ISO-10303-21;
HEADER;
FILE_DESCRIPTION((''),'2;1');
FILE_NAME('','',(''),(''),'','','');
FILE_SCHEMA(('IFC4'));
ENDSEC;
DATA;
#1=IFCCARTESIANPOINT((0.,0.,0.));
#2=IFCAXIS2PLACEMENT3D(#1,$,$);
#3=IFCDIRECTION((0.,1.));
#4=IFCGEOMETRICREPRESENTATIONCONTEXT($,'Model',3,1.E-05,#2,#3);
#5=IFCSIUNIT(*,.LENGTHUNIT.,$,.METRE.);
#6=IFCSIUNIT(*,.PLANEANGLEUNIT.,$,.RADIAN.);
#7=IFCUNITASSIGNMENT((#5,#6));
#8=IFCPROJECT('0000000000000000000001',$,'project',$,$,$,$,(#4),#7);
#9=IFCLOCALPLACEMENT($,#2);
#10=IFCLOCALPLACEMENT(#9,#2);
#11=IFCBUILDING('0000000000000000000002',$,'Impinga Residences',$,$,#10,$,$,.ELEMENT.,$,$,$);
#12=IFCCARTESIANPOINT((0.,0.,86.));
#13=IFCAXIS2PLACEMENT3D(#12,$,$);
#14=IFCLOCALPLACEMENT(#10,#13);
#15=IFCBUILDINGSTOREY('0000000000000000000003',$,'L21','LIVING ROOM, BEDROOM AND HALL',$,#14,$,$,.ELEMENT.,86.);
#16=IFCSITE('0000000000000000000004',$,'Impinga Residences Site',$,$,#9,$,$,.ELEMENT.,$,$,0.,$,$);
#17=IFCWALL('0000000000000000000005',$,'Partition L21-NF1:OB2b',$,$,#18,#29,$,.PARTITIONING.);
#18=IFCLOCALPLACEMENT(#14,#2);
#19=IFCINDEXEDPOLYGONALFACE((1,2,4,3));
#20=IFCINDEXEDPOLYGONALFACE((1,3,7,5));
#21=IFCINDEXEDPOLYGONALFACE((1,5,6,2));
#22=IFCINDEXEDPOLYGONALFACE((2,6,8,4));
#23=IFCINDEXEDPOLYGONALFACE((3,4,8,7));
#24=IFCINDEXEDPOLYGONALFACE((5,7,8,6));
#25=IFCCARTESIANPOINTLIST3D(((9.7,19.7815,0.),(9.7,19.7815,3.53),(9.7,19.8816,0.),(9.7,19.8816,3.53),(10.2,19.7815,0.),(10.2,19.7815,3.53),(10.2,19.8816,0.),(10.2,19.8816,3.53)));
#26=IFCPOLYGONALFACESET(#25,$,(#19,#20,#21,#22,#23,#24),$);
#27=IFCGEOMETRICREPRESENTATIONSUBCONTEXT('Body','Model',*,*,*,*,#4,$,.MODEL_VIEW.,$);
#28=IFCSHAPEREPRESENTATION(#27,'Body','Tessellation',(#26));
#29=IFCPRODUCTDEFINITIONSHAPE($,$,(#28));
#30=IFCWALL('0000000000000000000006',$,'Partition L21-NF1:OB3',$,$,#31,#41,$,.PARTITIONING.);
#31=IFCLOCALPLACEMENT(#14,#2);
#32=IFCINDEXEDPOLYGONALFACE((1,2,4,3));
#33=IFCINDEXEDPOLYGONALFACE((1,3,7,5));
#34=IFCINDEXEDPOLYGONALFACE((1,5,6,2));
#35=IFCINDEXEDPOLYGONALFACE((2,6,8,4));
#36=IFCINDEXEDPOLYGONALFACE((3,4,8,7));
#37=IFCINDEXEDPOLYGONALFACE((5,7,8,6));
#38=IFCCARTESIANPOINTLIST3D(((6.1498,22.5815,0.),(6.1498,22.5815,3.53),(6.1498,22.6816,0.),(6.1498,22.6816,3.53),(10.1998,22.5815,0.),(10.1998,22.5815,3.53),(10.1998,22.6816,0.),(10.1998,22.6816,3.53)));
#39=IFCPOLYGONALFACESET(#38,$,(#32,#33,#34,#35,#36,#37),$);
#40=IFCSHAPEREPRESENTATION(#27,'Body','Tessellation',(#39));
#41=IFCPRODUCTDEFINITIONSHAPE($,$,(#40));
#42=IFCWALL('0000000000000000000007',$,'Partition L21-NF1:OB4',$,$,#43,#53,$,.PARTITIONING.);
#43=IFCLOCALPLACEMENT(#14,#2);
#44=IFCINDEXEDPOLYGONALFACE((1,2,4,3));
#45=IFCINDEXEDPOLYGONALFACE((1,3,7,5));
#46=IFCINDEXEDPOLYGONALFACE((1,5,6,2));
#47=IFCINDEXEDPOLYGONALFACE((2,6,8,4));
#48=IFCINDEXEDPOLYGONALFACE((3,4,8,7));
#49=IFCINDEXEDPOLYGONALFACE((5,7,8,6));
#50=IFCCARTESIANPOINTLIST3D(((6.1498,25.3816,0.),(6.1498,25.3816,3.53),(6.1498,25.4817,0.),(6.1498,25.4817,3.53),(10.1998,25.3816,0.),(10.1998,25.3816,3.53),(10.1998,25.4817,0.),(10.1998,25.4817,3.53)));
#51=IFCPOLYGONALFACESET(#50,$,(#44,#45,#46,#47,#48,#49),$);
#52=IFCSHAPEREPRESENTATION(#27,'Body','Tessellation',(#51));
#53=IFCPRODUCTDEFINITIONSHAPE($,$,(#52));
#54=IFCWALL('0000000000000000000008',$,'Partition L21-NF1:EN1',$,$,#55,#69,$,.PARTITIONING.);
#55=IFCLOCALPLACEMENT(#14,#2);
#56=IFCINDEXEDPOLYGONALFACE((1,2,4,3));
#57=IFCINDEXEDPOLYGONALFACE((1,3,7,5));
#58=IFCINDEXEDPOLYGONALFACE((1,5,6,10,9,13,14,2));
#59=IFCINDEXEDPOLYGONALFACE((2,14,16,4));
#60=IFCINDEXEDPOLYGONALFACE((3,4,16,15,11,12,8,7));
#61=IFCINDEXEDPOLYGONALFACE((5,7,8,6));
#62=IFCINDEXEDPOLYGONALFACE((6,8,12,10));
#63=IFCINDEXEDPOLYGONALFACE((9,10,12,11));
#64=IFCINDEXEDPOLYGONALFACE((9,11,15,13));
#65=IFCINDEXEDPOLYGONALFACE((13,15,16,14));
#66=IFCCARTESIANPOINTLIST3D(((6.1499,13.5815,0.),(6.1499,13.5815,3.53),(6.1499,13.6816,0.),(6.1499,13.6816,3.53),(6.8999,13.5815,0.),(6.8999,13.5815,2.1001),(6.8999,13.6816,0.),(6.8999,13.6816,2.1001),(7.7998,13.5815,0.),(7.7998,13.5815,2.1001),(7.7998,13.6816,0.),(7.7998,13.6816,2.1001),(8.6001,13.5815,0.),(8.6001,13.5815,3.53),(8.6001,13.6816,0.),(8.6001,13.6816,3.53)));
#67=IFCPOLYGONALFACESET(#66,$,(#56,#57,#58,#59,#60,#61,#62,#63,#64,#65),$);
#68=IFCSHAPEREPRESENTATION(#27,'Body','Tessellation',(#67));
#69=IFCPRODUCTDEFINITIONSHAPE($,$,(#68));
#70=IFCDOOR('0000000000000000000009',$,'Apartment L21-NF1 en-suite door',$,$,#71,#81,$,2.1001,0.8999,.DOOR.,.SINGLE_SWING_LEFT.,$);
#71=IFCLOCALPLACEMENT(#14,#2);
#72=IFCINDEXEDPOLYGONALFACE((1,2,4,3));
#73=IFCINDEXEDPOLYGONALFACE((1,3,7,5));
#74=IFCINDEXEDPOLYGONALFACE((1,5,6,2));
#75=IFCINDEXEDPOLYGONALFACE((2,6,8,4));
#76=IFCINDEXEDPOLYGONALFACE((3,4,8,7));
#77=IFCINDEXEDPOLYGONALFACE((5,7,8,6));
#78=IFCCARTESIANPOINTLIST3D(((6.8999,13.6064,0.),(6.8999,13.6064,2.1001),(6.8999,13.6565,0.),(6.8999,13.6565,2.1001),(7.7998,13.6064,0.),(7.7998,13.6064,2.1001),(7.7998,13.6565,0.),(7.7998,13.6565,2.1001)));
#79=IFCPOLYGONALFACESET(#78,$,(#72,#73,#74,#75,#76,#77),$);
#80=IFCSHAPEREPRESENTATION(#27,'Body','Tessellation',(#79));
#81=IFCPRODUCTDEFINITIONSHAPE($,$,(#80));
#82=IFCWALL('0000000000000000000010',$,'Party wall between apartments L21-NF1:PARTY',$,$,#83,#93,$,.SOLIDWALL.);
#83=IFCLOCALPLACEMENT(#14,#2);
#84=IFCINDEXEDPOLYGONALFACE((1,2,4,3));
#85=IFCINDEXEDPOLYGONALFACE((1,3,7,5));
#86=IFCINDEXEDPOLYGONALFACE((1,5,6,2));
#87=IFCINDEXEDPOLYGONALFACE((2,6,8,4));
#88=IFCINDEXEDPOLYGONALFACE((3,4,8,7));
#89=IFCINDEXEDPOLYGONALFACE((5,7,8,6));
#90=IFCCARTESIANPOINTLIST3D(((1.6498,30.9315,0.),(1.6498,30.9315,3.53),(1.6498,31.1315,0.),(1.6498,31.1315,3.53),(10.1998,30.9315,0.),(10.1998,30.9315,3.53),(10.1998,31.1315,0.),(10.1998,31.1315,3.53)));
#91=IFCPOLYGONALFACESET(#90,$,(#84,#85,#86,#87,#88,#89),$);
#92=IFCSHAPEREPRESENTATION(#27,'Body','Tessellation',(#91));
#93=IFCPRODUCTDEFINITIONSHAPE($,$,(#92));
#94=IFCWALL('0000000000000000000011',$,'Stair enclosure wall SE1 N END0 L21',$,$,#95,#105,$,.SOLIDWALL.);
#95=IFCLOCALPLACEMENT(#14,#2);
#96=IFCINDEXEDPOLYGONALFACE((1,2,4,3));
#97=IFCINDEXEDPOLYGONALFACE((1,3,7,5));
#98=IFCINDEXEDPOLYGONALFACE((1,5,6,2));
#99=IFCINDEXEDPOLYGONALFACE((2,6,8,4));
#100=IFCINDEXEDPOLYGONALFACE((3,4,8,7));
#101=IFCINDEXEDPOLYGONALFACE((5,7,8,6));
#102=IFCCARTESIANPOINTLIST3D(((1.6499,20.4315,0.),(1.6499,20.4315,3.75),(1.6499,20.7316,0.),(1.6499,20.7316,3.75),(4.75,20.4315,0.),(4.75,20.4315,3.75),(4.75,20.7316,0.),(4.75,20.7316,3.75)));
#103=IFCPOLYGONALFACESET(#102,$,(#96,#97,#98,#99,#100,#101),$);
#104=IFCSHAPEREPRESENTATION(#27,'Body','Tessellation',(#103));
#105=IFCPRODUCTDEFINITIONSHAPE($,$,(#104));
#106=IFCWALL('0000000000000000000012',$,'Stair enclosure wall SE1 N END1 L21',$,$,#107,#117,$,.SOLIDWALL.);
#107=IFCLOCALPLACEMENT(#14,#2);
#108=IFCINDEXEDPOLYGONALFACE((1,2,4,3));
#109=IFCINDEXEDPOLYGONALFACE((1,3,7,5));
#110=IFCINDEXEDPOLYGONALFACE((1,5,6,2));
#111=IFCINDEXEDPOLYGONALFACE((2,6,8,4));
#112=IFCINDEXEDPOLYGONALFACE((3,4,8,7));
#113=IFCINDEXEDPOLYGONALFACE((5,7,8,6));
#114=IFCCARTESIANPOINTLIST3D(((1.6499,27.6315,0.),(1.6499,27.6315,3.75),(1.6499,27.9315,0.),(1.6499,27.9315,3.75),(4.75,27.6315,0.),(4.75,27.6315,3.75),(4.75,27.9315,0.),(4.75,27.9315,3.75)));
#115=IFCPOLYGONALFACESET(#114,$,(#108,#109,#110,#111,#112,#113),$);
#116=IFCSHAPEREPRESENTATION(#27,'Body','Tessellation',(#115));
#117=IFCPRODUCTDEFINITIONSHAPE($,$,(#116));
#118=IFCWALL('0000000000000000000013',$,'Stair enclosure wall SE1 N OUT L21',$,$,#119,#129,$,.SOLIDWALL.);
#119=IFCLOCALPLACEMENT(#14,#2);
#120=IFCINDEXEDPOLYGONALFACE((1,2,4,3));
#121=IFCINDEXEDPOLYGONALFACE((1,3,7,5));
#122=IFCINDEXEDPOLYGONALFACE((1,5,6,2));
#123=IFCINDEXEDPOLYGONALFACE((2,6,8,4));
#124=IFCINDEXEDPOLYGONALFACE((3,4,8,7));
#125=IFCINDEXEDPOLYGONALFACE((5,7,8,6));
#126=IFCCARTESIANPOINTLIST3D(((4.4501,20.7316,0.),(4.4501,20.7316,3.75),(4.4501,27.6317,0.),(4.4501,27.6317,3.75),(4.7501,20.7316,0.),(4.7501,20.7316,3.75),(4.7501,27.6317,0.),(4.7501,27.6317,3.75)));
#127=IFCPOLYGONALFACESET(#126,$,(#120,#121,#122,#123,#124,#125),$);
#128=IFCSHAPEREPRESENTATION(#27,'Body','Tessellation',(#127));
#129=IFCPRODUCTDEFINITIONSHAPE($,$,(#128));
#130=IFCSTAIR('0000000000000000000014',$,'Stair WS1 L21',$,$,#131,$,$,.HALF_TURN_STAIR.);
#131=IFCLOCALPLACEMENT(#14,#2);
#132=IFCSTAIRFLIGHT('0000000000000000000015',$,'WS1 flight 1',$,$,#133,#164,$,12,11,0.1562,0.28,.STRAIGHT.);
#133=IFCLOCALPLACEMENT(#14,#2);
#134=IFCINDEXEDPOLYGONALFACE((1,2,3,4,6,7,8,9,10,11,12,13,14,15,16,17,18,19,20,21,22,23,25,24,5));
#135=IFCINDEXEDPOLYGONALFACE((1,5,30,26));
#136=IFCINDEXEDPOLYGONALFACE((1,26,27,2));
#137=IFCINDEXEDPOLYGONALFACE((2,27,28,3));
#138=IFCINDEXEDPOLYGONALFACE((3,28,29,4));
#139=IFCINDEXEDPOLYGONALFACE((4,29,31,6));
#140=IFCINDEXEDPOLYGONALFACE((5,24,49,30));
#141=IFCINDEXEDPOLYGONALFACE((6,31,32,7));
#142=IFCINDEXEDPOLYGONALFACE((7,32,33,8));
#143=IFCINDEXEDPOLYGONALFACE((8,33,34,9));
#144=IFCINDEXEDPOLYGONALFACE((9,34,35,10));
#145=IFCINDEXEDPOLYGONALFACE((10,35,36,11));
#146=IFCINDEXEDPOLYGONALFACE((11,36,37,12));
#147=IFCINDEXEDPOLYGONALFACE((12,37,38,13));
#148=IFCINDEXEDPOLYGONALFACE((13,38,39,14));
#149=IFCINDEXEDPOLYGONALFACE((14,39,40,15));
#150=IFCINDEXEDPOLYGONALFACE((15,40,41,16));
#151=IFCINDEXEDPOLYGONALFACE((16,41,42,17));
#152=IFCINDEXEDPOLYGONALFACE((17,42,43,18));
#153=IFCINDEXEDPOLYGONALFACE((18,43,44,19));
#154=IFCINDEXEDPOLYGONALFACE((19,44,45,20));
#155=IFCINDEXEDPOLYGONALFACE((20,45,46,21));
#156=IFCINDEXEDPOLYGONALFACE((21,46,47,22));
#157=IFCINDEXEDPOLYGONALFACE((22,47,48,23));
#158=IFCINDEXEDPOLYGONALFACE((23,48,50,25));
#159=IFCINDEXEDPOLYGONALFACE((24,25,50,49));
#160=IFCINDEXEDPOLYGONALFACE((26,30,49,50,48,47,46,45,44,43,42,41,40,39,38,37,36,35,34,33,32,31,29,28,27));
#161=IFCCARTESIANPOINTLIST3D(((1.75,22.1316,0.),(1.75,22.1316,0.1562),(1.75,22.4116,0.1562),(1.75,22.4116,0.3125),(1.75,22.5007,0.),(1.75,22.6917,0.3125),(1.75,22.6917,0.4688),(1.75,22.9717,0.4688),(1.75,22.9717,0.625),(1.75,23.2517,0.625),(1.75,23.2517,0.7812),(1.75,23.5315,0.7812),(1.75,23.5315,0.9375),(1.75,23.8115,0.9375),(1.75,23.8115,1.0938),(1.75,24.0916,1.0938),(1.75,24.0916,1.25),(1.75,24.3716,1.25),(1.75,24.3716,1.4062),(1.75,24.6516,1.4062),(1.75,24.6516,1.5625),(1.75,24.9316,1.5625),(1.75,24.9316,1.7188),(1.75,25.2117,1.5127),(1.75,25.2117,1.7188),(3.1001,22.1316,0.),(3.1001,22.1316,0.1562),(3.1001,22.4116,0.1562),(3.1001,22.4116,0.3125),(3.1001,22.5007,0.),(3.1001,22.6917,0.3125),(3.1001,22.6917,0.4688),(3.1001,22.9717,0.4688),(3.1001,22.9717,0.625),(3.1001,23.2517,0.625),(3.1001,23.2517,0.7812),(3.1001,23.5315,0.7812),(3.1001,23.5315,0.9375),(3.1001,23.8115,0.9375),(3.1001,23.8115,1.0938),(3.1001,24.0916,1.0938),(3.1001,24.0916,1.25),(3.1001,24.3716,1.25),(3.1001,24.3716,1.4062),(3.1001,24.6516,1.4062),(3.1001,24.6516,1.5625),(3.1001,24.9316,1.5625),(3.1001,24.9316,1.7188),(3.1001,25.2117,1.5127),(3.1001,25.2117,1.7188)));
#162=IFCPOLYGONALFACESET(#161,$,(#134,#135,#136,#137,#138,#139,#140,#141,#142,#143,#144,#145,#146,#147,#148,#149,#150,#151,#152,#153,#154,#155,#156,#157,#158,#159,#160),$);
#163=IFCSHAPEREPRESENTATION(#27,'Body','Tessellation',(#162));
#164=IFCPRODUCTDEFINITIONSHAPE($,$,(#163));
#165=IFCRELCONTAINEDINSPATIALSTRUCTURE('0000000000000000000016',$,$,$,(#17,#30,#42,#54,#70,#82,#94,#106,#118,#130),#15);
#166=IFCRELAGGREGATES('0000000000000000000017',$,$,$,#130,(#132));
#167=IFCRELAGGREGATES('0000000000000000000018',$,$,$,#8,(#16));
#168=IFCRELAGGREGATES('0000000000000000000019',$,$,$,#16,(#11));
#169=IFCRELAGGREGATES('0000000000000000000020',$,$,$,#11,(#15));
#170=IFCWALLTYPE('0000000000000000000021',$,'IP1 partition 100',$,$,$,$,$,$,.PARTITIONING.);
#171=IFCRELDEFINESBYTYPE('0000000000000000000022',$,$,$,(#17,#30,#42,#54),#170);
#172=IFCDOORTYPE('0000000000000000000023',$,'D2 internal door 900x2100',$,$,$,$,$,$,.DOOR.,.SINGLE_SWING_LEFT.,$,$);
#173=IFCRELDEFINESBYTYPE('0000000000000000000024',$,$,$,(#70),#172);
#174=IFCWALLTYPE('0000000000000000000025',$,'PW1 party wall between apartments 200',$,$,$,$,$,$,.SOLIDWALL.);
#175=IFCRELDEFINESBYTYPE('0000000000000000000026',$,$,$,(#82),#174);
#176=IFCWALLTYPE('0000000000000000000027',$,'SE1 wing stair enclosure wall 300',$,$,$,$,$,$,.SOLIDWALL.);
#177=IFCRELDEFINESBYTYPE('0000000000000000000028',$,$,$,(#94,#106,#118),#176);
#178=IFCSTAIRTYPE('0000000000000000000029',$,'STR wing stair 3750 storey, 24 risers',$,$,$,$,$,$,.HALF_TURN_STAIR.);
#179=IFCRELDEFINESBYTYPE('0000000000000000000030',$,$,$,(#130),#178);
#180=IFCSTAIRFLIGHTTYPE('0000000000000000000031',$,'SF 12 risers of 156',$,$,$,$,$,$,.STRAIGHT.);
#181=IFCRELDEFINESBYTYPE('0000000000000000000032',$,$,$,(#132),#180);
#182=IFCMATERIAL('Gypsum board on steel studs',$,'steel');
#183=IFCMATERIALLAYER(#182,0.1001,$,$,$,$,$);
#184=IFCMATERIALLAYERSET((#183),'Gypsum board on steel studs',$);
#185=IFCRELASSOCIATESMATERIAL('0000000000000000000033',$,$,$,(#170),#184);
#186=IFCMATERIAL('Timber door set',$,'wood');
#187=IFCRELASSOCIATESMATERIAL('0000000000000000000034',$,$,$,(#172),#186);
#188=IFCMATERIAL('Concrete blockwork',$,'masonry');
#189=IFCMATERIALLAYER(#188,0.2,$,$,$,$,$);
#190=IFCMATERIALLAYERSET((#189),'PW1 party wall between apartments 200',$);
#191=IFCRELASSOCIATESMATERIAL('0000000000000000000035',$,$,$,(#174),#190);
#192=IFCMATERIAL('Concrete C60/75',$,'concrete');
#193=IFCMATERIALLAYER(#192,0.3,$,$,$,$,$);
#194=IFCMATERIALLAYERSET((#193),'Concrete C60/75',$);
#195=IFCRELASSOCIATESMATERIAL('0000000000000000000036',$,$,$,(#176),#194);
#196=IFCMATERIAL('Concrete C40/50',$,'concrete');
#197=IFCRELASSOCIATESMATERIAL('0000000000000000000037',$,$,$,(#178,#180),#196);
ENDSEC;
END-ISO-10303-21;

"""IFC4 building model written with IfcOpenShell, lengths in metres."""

from ifc_helpers import new_model, si_unit, direction, frame, frame_2d, origin, place, context, subcontext, project, spatial, polyline, rectangle, outline, extrude, material, layer, layer_set, type_object, element, fill, aggregate, save


model = new_model("IFC4")

# Units and contexts
model_context = context("Model", 3, precision=1e-05, world=origin(), true_north=direction((0.0, 1.0)))
body_context = subcontext(model_context, "Body", "Model", "MODEL_VIEW")
ifc_project = project(units=[si_unit("LENGTHUNIT", "METRE"), si_unit("PLANEANGLEUNIT", "RADIAN")], contexts=[model_context])

# Site, building, storey
site_placement = place(None, origin())
site = spatial("IfcSite", under=ifc_project, at=site_placement, Name="Impinga Residences Site", CompositionType="ELEMENT", RefElevation=0.0)
building_placement = place(site_placement, origin())
building = spatial("IfcBuilding", under=site, at=building_placement, Name="Impinga Residences", CompositionType="ELEMENT")
storey_placement = place(building_placement, frame((0.0, 0.0, 86.0)))
storey = spatial("IfcBuildingStorey", under=building, at=storey_placement, Name="L21", Description="LIVING ROOM, BEDROOM AND HALL", CompositionType="ELEMENT", Elevation=86.0)

# Shared definitions
ifc_material_1 = material(Name="Concrete C60/75", Category="concrete")

# Shared definitions
ifc_material_2 = material(Name="Gypsum board on steel studs", Category="steel")
ifc_layer_1 = layer(ifc_material_2, 0.1001)
ifc_layer_set_1 = layer_set([ifc_layer_1], Name="Gypsum board on steel studs")
wall_type_1 = type_object("IfcWallType", Name="IP1 partition 100", PredefinedType="PARTITIONING", material=ifc_layer_set_1)

# Shared definitions
ifc_material_3 = material(Name="Timber door set", Category="wood")
door_type = type_object("IfcDoorType", Name="D2 internal door 900x2100", OperationType="SINGLE_SWING_LEFT", PredefinedType="DOOR", material=ifc_material_3)

# Walls
wall_1_placement = place(storey_placement, frame((9.7, 19.8315, 0.0), z_axis=(0.0, 0.0, 1.0), x_axis=(1.0, 0.0, 0.0)))
element("IfcWall", 1, at=wall_1_placement, inside=storey, type_object=wall_type_1, Name="Partition L21-NF1:OB2b", PredefinedType="PARTITIONING", context=body_context, shape_type="SweptSolid", body=[
    extrude(rectangle(XDim=0.5, YDim=0.1001, at=frame_2d((0.25, 0.0))), origin(), (0.0, 0.0, 1.0), 3.53),
])
for number, where, z_axis, x_axis, name in (
    (2, (6.1499, 22.6316, 0.0), (0.0, 0.0, 1.0), (1.0, 0.0, 0.0), "Partition L21-NF1:OB3"),
    (3, (6.1499, 25.4316, 0.0), (0.0, 0.0, 1.0), (1.0, 0.0, 0.0), "Partition L21-NF1:OB4"),
):
    element("IfcWall", number, at=place(storey_placement, frame(where, z_axis=z_axis, x_axis=x_axis)), inside=storey, type_object=wall_type_1, Name=name, PredefinedType="PARTITIONING", context=body_context, shape_type="SweptSolid", body=[
        extrude(rectangle(XDim=4.05, YDim=0.1001, at=frame_2d((2.0249, 0.0))), origin(), (0.0, 0.0, 1.0), 3.53),
    ])

# Wall, opening, door
wall_2_placement = place(storey_placement, frame((6.1499, 13.6316, 0.0), z_axis=(0.0, 0.0, 1.0), x_axis=(1.0, 0.0, 0.0)))
wall_2 = element("IfcWall", 4, at=wall_2_placement, inside=storey, type_object=wall_type_1, Name="Partition L21-NF1:EN1", PredefinedType="PARTITIONING", context=body_context, shape_type="SweptSolid", body=[
    extrude(rectangle(XDim=2.4502, YDim=0.1001, at=frame_2d((1.2251, 0.0))), origin(), (0.0, 0.0, 1.0), 3.53),
])
opening_1_placement = place(wall_2_placement, frame((0.75, 0.0, 0.0)))
opening_1 = element("IfcOpeningElement", 5, at=opening_1_placement, cuts=wall_2, PredefinedType="OPENING", context=body_context, shape_type="SweptSolid", body=[
    extrude(rectangle(XDim=0.8999, YDim=2.1001, at=frame_2d((0.45, 1.05))), frame((0.0, 0.0601, 0.0), z_axis=(0.0, -1.0, 0.0), x_axis=(1.0, 0.0, 0.0)), (0.0, 0.0, 1.0), 0.1201),
])
door_1_placement = place(opening_1_placement, origin())
door_1 = element("IfcDoor", 6, at=door_1_placement, inside=storey, type_object=door_type, Name="Apartment L21-NF1 en-suite door", OperationType="SINGLE_SWING_LEFT", OverallHeight=2.1001, OverallWidth=0.8999, PredefinedType="DOOR", context=body_context, shape_type="SweptSolid", body=[
    extrude(rectangle(XDim=0.8999, YDim=2.1001, at=frame_2d((0.45, 1.05))), frame((0.0, 0.0249, 0.0), z_axis=(0.0, -1.0, 0.0), x_axis=(1.0, 0.0, 0.0)), (0.0, 0.0, 1.0), 0.05),
])
fill(opening_1, door_1)

# Walls
ifc_material_4 = material(Name="Concrete blockwork", Category="masonry")
ifc_layer_2 = layer(ifc_material_4, 0.2)
ifc_layer_set_2 = layer_set([ifc_layer_2], Name="PW1 party wall between apartments 200")
wall_type_2 = type_object("IfcWallType", Name="PW1 party wall between apartments 200", PredefinedType="SOLIDWALL", material=ifc_layer_set_2)
wall_3_placement = place(storey_placement, frame((1.6499, 31.0315, 0.0), z_axis=(0.0, 0.0, 1.0), x_axis=(1.0, 0.0, 0.0)))
element("IfcWall", 7, at=wall_3_placement, inside=storey, type_object=wall_type_2, Name="Party wall between apartments L21-NF1:PARTY", PredefinedType="SOLIDWALL", context=body_context, shape_type="SweptSolid", body=[
    extrude(rectangle(XDim=8.55, YDim=0.2, at=frame_2d((4.2749, 0.0))), origin(), (0.0, 0.0, 1.0), 3.53),
])
ifc_layer_3 = layer(ifc_material_1, 0.3)
ifc_layer_set_3 = layer_set([ifc_layer_3], Name="Concrete C60/75")
wall_type_3 = type_object("IfcWallType", Name="SE1 wing stair enclosure wall 300", PredefinedType="SOLIDWALL", material=ifc_layer_set_3)
for number, where, z_axis, x_axis, name in (
    (8, (1.6499, 20.5815, 0.0), (0.0, 0.0, 1.0), (1.0, 0.0, 0.0), "Stair enclosure wall SE1 N END0 L21"),
    (9, (1.6499, 27.7815, 0.0), (0.0, 0.0, 1.0), (1.0, 0.0, 0.0), "Stair enclosure wall SE1 N END1 L21"),
):
    element("IfcWall", number, at=place(storey_placement, frame(where, z_axis=z_axis, x_axis=x_axis)), inside=storey, type_object=wall_type_3, Name=name, PredefinedType="SOLIDWALL", context=body_context, shape_type="SweptSolid", body=[
        extrude(rectangle(XDim=3.1001, YDim=0.3, at=frame_2d((1.55, 0.0))), origin(), (0.0, 0.0, 1.0), 3.75),
    ])
wall_4_placement = place(storey_placement, frame((4.6001, 20.7314, 0.0), z_axis=(0.0, 0.0, 1.0), x_axis=(0.0, 1.0, 0.0)))
element("IfcWall", 10, at=wall_4_placement, inside=storey, type_object=wall_type_3, Name="Stair enclosure wall SE1 N OUT L21", PredefinedType="SOLIDWALL", context=body_context, shape_type="SweptSolid", body=[
    extrude(rectangle(XDim=6.9001, YDim=0.3, at=frame_2d((3.4502, 0.0))), origin(), (0.0, 0.0, 1.0), 3.75),
])

# Stair, stair flight
ifc_material_5 = material(Name="Concrete C40/50", Category="concrete")
stair_type = type_object("IfcStairType", Name="STR wing stair 3750 storey, 24 risers", PredefinedType="HALF_TURN_STAIR", material=ifc_material_5)
stair_placement = place(storey_placement, origin())
stair = element("IfcStair", 11, at=stair_placement, inside=storey, type_object=stair_type, Name="Stair WS1 L21", PredefinedType="HALF_TURN_STAIR")
stair_flight_type = type_object("IfcStairFlightType", Name="SF 12 risers of 156", PredefinedType="STRAIGHT", material=ifc_material_5)
stair_flight_1_placement = place(storey_placement, frame((2.425, 22.1316, 0.0), z_axis=(0.0, 0.0, 1.0), x_axis=(0.0, 1.0, 0.0)))
stair_flight_1 = element("IfcStairFlight", 12, at=stair_flight_1_placement, type_object=stair_flight_type, Name="WS1 flight 1", NumberOfRisers=12, NumberOfTreads=11, PredefinedType="STRAIGHT", RiserHeight=0.1562, TreadLength=0.28, context=body_context, shape_type="SweptSolid", body=[
    extrude(outline(polyline([(0.0, 0.0), (0.0, 0.1562), (0.28, 0.1562), (0.28, 0.3125), (0.5601, 0.3125), (0.5601, 0.4688), (0.8401, 0.4688), (0.8401, 0.625), (1.1201, 0.625), (1.1201, 0.7812), (1.3999, 0.7812), (1.3999, 0.9375), (1.6799, 0.9375), (1.6799, 1.0938), (1.96, 1.0938), (1.96, 1.25), (2.24, 1.25), (2.24, 1.4062), (2.52, 1.4062), (2.52, 1.5625), (2.8, 1.5625), (2.8, 1.7188), (3.0801, 1.7188), (3.0801, 1.875), (3.0801, 1.5127), (0.3691, 0.0), (0.0, 0.0)])), frame((0.0, 0.675, 0.0), z_axis=(0.0, -1.0, 0.0), x_axis=(1.0, 0.0, 0.0)), (0.0, 0.0, 1.0), 1.3501),
])
aggregate(stair, [stair_flight_1])

save(model, "model.ifc")
